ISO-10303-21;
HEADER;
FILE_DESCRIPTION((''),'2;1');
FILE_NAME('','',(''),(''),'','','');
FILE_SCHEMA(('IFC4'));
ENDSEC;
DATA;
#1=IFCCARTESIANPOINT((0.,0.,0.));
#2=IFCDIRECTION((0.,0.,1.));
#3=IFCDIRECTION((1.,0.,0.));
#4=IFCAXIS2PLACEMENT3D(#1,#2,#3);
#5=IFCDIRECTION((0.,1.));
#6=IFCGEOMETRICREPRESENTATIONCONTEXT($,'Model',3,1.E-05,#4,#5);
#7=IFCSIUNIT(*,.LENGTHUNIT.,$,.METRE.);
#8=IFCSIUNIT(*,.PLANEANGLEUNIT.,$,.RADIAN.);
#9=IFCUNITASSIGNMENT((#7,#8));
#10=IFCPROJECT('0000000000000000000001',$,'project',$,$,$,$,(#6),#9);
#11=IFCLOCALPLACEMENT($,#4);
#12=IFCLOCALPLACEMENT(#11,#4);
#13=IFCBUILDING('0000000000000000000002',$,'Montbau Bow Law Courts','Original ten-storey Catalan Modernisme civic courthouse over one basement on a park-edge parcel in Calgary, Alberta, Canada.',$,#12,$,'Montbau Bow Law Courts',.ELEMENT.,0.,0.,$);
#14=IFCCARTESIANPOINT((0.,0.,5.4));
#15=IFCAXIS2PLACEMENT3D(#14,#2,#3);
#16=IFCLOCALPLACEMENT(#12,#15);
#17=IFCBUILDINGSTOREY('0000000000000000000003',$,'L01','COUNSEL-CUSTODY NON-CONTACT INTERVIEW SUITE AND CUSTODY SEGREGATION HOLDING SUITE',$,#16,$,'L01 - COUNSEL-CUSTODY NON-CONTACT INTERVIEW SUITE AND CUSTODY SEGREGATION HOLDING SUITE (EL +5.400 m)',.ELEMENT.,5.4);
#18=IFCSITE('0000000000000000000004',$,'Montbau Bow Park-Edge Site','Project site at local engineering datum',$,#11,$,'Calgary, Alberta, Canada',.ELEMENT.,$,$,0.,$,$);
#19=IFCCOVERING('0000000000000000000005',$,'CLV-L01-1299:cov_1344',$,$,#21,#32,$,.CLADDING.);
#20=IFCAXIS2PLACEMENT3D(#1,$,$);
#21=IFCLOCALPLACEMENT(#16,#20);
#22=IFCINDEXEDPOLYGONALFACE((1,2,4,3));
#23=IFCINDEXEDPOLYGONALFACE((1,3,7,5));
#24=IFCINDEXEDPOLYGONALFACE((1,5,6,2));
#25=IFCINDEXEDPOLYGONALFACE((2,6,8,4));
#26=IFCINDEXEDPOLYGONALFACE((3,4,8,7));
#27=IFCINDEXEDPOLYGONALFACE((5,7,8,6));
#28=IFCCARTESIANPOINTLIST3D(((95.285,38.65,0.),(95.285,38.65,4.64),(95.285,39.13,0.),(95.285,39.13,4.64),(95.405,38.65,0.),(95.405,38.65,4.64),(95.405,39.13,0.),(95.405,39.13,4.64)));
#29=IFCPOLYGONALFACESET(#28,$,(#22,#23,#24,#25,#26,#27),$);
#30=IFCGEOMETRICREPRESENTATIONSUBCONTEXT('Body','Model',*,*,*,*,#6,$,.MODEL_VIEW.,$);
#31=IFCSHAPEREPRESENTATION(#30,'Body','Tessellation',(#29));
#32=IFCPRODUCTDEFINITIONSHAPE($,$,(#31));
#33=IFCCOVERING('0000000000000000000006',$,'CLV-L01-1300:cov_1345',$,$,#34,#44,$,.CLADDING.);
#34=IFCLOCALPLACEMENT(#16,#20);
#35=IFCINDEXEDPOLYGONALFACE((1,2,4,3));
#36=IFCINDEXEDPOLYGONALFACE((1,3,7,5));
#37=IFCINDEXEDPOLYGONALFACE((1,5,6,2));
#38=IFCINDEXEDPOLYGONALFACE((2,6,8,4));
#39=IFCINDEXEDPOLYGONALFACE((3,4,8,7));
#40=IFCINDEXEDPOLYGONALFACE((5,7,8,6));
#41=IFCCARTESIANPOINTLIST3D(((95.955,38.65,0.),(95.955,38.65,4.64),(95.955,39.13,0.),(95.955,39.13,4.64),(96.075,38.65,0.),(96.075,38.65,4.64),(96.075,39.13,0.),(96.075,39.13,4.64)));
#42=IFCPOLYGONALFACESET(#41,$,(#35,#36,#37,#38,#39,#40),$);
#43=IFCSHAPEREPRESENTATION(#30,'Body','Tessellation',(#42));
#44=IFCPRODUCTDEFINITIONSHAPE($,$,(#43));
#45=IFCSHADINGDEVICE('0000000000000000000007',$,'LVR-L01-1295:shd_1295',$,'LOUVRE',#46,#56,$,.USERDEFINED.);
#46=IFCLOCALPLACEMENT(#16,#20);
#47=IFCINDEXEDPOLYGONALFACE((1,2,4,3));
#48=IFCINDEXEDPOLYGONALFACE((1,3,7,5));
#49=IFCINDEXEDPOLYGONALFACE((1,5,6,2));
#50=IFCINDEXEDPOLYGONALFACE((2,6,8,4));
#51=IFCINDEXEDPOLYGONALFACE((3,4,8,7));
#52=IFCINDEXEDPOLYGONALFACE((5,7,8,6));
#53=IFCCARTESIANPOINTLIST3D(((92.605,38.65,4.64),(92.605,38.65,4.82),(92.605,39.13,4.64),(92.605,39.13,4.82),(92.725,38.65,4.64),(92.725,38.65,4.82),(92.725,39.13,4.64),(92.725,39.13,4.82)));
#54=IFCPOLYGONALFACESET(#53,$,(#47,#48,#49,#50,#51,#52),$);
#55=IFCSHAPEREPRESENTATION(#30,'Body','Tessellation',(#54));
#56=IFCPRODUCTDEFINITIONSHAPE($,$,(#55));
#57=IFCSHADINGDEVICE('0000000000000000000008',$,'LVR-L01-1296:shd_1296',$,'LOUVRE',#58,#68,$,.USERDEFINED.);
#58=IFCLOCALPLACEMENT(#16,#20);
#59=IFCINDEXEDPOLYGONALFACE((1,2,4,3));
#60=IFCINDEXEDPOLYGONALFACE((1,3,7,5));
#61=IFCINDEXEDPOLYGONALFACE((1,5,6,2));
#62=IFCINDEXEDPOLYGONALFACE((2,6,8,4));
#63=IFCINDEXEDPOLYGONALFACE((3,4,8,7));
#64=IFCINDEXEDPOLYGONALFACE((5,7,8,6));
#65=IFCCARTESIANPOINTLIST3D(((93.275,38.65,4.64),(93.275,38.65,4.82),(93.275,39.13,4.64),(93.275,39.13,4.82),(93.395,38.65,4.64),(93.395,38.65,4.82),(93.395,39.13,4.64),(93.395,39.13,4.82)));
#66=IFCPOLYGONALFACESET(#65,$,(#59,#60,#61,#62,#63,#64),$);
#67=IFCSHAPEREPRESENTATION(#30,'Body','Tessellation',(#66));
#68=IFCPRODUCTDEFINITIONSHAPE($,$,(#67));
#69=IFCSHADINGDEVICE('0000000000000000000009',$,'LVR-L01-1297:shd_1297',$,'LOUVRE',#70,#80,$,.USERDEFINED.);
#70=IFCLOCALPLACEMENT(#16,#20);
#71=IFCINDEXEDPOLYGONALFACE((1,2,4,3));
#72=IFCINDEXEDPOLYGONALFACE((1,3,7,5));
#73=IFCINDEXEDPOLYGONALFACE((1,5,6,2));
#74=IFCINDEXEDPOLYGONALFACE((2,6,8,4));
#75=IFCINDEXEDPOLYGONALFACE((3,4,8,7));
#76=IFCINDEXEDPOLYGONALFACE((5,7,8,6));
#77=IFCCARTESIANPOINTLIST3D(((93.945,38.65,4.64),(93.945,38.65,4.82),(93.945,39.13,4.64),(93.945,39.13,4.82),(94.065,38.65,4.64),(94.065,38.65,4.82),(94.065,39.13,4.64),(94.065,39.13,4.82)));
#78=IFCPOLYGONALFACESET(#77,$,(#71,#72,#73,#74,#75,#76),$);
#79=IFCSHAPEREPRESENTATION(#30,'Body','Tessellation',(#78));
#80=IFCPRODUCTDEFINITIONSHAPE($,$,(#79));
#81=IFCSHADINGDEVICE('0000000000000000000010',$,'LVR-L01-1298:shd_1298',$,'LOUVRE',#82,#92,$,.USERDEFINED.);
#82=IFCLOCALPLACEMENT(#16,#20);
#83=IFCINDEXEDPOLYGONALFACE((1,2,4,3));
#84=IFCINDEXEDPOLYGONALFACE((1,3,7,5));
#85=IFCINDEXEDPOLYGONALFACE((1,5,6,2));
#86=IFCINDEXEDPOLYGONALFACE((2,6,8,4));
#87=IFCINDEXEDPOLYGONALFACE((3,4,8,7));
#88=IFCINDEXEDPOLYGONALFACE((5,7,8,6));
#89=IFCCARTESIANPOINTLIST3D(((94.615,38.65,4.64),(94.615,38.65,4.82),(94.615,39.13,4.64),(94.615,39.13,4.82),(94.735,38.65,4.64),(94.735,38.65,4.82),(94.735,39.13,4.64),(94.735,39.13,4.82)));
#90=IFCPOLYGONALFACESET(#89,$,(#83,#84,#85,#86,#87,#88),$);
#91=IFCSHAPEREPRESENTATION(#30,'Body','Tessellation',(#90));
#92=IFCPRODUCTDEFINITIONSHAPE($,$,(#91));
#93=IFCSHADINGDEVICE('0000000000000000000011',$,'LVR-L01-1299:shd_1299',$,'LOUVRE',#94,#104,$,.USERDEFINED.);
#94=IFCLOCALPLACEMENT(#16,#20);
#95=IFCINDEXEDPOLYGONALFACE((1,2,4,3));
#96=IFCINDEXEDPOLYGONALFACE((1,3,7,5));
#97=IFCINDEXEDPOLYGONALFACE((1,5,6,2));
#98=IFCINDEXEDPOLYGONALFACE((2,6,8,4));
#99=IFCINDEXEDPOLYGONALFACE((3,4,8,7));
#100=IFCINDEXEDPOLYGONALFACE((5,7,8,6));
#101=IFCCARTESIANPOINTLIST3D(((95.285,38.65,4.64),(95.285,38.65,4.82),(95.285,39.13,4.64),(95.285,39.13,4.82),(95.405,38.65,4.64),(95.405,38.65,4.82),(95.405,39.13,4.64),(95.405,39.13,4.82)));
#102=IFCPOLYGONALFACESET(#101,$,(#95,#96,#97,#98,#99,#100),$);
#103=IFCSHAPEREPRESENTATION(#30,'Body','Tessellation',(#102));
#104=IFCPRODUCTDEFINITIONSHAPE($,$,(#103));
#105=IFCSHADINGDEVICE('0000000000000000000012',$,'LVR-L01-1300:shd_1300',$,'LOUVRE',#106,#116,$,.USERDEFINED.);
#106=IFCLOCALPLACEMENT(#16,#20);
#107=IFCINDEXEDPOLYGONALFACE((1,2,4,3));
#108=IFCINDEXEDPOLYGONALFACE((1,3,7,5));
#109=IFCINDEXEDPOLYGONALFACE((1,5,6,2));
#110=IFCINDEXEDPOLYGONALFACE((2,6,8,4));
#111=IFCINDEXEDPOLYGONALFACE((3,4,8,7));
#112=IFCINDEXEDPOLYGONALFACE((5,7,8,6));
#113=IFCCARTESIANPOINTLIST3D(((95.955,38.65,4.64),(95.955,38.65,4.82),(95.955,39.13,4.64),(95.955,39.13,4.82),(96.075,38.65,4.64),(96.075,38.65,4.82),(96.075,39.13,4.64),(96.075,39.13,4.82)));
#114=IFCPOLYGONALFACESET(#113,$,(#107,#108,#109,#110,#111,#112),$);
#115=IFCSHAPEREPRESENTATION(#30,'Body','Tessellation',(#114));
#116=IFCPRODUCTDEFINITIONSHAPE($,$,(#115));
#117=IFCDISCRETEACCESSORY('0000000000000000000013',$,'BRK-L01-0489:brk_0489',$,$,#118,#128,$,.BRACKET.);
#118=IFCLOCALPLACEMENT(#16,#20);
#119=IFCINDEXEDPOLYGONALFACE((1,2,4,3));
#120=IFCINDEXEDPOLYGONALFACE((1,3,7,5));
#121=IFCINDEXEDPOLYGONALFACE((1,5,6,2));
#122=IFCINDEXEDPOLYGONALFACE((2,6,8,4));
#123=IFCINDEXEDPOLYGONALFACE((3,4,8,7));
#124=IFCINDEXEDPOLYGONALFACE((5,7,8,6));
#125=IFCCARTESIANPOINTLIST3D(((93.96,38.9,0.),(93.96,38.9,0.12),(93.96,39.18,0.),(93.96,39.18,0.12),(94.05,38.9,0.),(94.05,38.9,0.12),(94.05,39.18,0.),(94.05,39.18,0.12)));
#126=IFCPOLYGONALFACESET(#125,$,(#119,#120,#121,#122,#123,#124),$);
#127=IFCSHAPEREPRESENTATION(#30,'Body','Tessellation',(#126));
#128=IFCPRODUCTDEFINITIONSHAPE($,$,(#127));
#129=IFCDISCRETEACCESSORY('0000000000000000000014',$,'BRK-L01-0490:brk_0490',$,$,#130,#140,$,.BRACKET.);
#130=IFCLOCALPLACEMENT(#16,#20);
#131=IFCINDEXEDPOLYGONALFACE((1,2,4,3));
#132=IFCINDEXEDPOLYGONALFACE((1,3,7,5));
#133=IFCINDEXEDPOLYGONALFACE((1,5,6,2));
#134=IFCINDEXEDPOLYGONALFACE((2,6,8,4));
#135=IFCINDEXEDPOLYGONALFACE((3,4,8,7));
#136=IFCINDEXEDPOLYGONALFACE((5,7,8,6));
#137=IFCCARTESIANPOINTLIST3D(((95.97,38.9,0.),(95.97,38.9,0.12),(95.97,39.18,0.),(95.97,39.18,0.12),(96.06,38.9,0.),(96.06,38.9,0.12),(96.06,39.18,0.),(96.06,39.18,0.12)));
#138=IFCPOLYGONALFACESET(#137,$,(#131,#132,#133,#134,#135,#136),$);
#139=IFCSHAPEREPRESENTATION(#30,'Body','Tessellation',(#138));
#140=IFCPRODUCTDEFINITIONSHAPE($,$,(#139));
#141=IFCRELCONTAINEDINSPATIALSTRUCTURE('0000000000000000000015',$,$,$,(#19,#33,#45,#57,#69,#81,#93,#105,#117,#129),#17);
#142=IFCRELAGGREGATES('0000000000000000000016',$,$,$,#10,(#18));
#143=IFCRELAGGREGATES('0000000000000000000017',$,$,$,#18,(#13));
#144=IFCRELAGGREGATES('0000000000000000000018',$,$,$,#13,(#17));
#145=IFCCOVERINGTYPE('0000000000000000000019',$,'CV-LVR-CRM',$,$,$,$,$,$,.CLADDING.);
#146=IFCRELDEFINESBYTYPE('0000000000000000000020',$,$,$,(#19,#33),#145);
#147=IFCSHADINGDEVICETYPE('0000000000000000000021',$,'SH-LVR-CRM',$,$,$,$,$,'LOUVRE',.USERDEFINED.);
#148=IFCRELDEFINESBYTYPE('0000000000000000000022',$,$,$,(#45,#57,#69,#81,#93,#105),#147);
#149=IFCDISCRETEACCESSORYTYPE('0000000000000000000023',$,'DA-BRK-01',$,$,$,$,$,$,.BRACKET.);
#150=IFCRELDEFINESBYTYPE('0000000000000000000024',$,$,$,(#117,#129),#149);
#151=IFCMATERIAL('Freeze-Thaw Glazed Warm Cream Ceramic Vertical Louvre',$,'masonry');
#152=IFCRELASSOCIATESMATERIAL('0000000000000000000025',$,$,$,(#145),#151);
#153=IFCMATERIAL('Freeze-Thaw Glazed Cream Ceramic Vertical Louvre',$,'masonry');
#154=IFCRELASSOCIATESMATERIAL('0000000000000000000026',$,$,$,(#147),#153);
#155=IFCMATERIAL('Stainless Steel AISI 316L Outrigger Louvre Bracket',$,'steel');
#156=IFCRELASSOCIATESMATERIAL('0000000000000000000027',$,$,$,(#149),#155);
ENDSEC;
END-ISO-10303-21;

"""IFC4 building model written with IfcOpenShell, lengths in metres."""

from ifc_helpers import new_model, si_unit, direction, frame, frame_2d, origin_with_axes, origin_2d_with_axis, place, context, subcontext, project, spatial, rectangle, extrude, material, type_object, element, save


model = new_model("IFC4")

# Units and contexts
model_context = context("Model", 3, precision=1e-05, world=origin_with_axes(), true_north=direction((0.0, 1.0)))
body_context = subcontext(model_context, "Body", "Model", "MODEL_VIEW")
ifc_project = project(units=[si_unit("LENGTHUNIT", "METRE"), si_unit("PLANEANGLEUNIT", "RADIAN")], contexts=[model_context])

# Site, building, storey
site_placement = place(None, origin_with_axes())
site = spatial("IfcSite", under=ifc_project, at=site_placement, Name="Montbau Bow Park-Edge Site", Description="Project site at local engineering datum", LongName="Calgary, Alberta, Canada", CompositionType="ELEMENT", RefElevation=0.0)
building_placement = place(site_placement, origin_with_axes())
building = spatial("IfcBuilding", under=site, at=building_placement, Name="Montbau Bow Law Courts", Description="Original ten-storey Catalan Modernisme civic courthouse over one basement on a park-edge parcel in Calgary, Alberta, Canada.", LongName="Montbau Bow Law Courts", CompositionType="ELEMENT", ElevationOfRefHeight=0.0, ElevationOfTerrain=0.0)
storey_placement = place(building_placement, frame((0.0, 0.0, 5.4), z_axis=(0.0, 0.0, 1.0), x_axis=(1.0, 0.0, 0.0)))
storey = spatial("IfcBuildingStorey", under=building, at=storey_placement, Name="L01", Description="COUNSEL-CUSTODY NON-CONTACT INTERVIEW SUITE AND CUSTODY SEGREGATION HOLDING SUITE", LongName="L01 - COUNSEL-CUSTODY NON-CONTACT INTERVIEW SUITE AND CUSTODY SEGREGATION HOLDING SUITE (EL +5.400 m)", CompositionType="ELEMENT", Elevation=5.4)

# Coverings
ifc_material_1 = material(Name="Freeze-Thaw Glazed Warm Cream Ceramic Vertical Louvre", Category="masonry")
covering_type = type_object("IfcCoveringType", Name="CV-LVR-CRM", PredefinedType="CLADDING", material=ifc_material_1)
for number, where, z_axis, x_axis, name in (
    (1, (95.345, 39.13, 5.4), (-1.0, 0.0, 0.0), (0.0, -1.0, 0.0), "CLV-L01-1299:cov_1344"),
    (2, (96.015, 39.13, 5.4), (-1.0, 0.0, 0.0), (0.0, -1.0, 0.0), "CLV-L01-1300:cov_1345"),
):
    element("IfcCovering", number, at=place(None, frame(where, z_axis=z_axis, x_axis=x_axis)), inside=storey, type_object=covering_type, Name=name, PredefinedType="CLADDING", context=body_context, shape_type="SweptSolid", body=[
        extrude(rectangle(XDim=0.48, YDim=4.64, at=frame_2d((0.24, 2.32), x_axis=(1.0, 0.0))), frame((0.0, 0.0, -0.06), z_axis=(0.0, 0.0, 1.0), x_axis=(1.0, 0.0, 0.0)), (0.0, 0.0, 1.0), 0.12),
    ])

# Shading devices
ifc_material_2 = material(Name="Freeze-Thaw Glazed Cream Ceramic Vertical Louvre", Category="masonry")
shading_device_type = type_object("IfcShadingDeviceType", Name="SH-LVR-CRM", ElementType="LOUVRE", PredefinedType="USERDEFINED", material=ifc_material_2)
for number, where, z_axis, x_axis, name in (
    (3, (92.665, 38.89, 10.04), (0.0, 0.0, 1.0), (0.0, -1.0, 0.0), "LVR-L01-1295:shd_1295"),
    (4, (93.335, 38.89, 10.04), (0.0, 0.0, 1.0), (0.0, -1.0, 0.0), "LVR-L01-1296:shd_1296"),
    (5, (94.005, 38.89, 10.04), (0.0, 0.0, 1.0), (0.0, -1.0, 0.0), "LVR-L01-1297:shd_1297"),
    (6, (94.675, 38.89, 10.04), (0.0, 0.0, 1.0), (0.0, -1.0, 0.0), "LVR-L01-1298:shd_1298"),
    (7, (95.345, 38.89, 10.04), (0.0, 0.0, 1.0), (0.0, -1.0, 0.0), "LVR-L01-1299:shd_1299"),
    (8, (96.015, 38.89, 10.04), (0.0, 0.0, 1.0), (0.0, -1.0, 0.0), "LVR-L01-1300:shd_1300"),
):
    element("IfcShadingDevice", number, at=place(None, frame(where, z_axis=z_axis, x_axis=x_axis)), inside=storey, type_object=shading_device_type, Name=name, ObjectType="LOUVRE", PredefinedType="USERDEFINED", context=body_context, shape_type="SweptSolid", body=[
        extrude(rectangle(XDim=0.48, YDim=0.12, at=origin_2d_with_axis()), origin_with_axes(), (0.0, 0.0, 1.0), 0.18),
    ])

# Discrete accessories
ifc_material_3 = material(Name="Stainless Steel AISI 316L Outrigger Louvre Bracket", Category="steel")
discrete_accessory_type = type_object("IfcDiscreteAccessoryType", Name="DA-BRK-01", PredefinedType="BRACKET", material=ifc_material_3)
for number, where, z_axis, x_axis, name in (
    (9, (94.005, 39.04, 5.4), (0.0, 0.0, 1.0), (0.0, -1.0, 0.0), "BRK-L01-0489:brk_0489"),
    (10, (96.015, 39.04, 5.4), (0.0, 0.0, 1.0), (0.0, -1.0, 0.0), "BRK-L01-0490:brk_0490"),
):
    element("IfcDiscreteAccessory", number, at=place(None, frame(where, z_axis=z_axis, x_axis=x_axis)), inside=storey, type_object=discrete_accessory_type, Name=name, PredefinedType="BRACKET", context=body_context, shape_type="SweptSolid", body=[
        extrude(rectangle(XDim=0.28, YDim=0.09, at=origin_2d_with_axis()), origin_with_axes(), (0.0, 0.0, 1.0), 0.12),
    ])

save(model, "model.ifc")
